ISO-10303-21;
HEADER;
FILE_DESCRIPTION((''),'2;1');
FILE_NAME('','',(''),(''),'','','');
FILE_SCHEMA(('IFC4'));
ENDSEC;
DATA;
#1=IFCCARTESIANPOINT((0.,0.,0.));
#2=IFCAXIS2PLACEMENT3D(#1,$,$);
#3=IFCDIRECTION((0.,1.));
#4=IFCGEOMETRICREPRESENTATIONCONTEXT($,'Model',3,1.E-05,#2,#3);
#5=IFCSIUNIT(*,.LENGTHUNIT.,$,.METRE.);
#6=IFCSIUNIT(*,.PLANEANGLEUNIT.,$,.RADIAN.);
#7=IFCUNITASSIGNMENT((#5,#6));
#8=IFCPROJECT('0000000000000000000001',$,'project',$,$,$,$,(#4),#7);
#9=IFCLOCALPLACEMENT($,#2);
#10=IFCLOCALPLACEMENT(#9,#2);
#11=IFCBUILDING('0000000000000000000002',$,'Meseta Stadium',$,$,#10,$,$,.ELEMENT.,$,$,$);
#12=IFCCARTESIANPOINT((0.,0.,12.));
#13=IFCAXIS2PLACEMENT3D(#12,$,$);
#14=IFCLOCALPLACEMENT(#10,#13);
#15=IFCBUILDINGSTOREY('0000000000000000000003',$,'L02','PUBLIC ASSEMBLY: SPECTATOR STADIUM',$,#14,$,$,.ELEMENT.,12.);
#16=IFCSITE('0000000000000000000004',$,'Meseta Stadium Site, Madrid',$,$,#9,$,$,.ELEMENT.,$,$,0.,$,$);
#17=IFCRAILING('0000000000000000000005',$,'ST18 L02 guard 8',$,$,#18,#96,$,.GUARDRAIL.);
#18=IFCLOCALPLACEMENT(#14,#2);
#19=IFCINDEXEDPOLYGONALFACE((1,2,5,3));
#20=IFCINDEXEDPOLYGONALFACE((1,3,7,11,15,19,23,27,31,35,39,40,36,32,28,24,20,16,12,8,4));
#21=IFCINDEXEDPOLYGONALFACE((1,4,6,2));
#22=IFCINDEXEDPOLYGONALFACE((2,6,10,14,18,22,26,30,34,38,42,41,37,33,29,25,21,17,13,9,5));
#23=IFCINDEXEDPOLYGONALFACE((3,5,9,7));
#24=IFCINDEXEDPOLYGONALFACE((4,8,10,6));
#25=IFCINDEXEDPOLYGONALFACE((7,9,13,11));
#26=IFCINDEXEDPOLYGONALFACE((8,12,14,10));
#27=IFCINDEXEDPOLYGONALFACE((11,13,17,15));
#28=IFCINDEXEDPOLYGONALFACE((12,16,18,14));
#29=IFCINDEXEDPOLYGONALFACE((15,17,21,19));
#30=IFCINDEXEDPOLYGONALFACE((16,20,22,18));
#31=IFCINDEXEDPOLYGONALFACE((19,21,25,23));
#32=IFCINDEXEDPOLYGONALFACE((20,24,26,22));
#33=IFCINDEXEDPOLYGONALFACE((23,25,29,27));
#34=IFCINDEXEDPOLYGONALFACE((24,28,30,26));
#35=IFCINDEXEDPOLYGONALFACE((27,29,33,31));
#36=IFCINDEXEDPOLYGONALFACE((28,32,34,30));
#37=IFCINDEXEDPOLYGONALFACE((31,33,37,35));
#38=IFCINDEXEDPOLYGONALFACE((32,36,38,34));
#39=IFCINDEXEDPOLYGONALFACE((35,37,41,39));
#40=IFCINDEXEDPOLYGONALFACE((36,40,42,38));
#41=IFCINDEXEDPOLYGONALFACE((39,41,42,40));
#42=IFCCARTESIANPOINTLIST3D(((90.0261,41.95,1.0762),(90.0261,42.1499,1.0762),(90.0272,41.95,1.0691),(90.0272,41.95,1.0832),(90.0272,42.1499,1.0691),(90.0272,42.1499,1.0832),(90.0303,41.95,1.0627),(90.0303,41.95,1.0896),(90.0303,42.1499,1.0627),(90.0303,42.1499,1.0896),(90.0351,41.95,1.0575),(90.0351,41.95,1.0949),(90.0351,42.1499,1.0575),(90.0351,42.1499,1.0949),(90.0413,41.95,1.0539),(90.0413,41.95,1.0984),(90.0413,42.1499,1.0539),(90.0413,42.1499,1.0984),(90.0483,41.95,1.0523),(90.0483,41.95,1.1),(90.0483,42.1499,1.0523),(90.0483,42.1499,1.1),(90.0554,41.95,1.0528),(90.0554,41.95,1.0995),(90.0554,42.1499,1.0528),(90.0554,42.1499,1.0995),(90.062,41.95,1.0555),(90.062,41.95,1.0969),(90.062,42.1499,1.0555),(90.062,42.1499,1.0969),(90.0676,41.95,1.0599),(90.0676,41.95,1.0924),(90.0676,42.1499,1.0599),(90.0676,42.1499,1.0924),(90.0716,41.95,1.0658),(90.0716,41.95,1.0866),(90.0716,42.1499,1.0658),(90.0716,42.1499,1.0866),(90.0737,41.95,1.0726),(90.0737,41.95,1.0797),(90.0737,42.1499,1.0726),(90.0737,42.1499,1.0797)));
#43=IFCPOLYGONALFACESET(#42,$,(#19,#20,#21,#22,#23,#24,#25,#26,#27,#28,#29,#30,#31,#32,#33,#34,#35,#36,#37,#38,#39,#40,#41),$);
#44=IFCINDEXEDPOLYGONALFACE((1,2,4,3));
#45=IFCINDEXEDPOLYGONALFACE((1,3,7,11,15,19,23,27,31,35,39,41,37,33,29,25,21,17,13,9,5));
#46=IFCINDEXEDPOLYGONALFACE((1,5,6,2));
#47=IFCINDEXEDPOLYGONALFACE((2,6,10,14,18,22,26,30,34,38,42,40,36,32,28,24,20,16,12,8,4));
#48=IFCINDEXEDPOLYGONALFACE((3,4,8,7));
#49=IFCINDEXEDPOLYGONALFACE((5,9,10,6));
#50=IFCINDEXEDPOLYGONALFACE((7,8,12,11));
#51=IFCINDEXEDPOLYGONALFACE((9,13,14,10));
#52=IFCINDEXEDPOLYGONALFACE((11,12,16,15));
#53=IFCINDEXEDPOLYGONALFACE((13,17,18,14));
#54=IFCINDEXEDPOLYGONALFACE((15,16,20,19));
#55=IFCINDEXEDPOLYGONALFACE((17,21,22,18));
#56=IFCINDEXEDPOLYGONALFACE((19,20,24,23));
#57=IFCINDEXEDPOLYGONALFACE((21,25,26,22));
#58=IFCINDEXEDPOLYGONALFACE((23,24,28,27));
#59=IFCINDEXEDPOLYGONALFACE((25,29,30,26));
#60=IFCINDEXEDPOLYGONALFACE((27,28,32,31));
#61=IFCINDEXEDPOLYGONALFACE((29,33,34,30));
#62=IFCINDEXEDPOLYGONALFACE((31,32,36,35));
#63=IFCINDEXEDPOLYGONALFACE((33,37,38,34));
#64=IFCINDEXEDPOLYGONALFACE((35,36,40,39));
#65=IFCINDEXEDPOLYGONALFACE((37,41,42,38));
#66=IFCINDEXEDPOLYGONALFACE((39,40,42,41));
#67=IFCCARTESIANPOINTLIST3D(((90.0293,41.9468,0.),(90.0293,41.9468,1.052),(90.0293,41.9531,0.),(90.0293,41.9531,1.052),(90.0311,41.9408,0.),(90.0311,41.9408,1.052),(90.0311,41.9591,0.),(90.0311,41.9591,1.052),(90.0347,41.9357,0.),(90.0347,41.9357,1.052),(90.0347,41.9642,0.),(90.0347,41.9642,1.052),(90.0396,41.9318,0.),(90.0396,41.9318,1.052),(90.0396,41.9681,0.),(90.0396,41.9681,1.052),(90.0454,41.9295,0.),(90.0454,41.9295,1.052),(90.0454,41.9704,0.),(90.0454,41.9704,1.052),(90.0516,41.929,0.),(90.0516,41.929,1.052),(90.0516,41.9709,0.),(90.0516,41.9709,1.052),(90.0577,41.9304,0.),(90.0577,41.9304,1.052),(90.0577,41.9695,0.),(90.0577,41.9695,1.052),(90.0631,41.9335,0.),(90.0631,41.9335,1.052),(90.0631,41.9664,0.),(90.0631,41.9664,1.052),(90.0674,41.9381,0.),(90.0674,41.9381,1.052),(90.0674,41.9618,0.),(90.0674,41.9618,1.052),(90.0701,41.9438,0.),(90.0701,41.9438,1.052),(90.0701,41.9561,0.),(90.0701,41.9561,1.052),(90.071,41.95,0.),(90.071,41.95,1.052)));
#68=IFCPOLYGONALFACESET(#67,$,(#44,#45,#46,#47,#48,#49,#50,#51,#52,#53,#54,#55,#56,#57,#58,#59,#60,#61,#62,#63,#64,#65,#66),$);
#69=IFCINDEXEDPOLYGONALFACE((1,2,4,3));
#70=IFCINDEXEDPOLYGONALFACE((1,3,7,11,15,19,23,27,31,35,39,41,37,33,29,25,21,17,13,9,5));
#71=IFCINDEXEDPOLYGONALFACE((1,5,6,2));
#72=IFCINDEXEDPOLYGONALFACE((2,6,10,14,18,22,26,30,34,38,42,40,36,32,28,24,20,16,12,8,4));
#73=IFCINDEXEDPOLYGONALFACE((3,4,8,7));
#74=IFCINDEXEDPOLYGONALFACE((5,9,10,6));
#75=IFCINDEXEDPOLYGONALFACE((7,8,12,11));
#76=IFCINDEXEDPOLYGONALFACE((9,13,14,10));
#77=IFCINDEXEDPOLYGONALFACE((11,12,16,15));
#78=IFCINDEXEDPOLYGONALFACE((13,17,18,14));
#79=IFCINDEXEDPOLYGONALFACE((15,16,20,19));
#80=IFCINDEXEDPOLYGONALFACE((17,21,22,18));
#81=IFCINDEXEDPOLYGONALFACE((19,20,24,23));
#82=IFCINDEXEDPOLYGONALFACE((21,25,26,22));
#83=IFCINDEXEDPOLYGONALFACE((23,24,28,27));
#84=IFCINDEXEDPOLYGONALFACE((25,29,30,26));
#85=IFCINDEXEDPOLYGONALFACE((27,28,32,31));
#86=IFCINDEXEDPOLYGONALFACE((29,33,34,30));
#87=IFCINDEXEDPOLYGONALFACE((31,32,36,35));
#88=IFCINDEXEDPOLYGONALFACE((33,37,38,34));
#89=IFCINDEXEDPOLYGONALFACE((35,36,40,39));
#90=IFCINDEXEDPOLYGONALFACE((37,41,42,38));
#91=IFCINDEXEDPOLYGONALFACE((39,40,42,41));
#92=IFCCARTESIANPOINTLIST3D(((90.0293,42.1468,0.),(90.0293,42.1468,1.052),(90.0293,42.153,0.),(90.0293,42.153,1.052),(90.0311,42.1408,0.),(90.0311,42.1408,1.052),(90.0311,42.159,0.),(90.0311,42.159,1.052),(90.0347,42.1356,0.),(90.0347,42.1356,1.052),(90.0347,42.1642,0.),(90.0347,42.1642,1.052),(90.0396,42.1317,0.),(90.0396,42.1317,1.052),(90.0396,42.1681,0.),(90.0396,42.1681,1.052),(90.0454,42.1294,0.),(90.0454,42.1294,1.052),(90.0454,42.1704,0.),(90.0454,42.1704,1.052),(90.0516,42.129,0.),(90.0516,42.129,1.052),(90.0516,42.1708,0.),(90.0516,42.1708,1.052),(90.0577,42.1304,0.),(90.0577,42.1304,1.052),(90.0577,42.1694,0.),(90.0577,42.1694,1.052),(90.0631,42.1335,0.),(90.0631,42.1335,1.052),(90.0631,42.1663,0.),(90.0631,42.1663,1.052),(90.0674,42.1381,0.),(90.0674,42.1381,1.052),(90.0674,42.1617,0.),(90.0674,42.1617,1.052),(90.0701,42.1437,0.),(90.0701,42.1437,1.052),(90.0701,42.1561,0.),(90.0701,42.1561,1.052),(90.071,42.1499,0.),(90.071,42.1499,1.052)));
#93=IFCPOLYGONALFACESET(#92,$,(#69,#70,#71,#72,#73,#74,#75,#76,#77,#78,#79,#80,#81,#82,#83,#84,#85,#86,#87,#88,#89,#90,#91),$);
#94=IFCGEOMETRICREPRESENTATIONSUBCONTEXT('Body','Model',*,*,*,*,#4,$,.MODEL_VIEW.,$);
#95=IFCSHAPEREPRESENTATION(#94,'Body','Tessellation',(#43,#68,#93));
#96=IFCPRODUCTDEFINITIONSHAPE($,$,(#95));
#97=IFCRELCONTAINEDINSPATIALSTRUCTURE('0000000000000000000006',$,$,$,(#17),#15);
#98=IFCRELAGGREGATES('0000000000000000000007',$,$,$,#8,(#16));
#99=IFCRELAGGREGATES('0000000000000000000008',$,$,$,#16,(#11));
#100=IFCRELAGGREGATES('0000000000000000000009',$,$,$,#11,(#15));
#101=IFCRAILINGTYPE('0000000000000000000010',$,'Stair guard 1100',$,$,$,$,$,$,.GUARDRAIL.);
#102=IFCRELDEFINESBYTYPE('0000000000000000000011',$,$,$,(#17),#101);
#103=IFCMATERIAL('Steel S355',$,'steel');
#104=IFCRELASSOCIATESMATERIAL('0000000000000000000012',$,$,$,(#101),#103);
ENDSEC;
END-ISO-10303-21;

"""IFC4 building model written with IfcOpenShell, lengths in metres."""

from ifc_helpers import new_model, si_unit, direction, frame, origin, origin_2d, place, context, subcontext, project, spatial, circle, extrude, material, type_object, element, save


model = new_model("IFC4")

# Units and contexts
model_context = context("Model", 3, precision=1e-05, world=origin(), true_north=direction((0.0, 1.0)))
body_context = subcontext(model_context, "Body", "Model", "MODEL_VIEW")
ifc_project = project(units=[si_unit("LENGTHUNIT", "METRE"), si_unit("PLANEANGLEUNIT", "RADIAN")], contexts=[model_context])

# Site, building, storey
site_placement = place(None, origin())
site = spatial("IfcSite", under=ifc_project, at=site_placement, Name="Meseta Stadium Site, Madrid", CompositionType="ELEMENT", RefElevation=0.0)
building_placement = place(site_placement, origin())
building = spatial("IfcBuilding", under=site, at=building_placement, Name="Meseta Stadium", CompositionType="ELEMENT")
storey_placement = place(building_placement, frame((0.0, 0.0, 12.0)))
storey = spatial("IfcBuildingStorey", under=building, at=storey_placement, Name="L02", Description="PUBLIC ASSEMBLY: SPECTATOR STADIUM", CompositionType="ELEMENT", Elevation=12.0)

# Railing
ifc_material_1 = material(Name="Steel S355", Category="steel")
railing_type_1 = type_object("IfcRailingType", Name="Stair guard 1100", PredefinedType="GUARDRAIL", material=ifc_material_1)
railing_1_placement = place(storey_placement, frame((90.05, 41.95, 0.0)))
element("IfcRailing", 1, at=railing_1_placement, inside=storey, type_object=railing_type_1, Name="ST18 L02 guard 8", PredefinedType="GUARDRAIL", context=body_context, shape_type="SweptSolid", body=[
    extrude(circle(Radius=0.0239, at=origin_2d()), frame((0.0, 0.0, 1.0762), z_axis=(0.0, 1.0, 0.0), x_axis=(-1.0, 0.0, 0.0)), (0.0, 0.0, 1.0), 0.2),
    extrude(circle(Radius=0.021, at=origin_2d()), origin(), (0.0, 0.0, 1.0), 1.052),
    extrude(circle(Radius=0.021, at=origin_2d()), frame((0.0, 0.2, 0.0)), (0.0, 0.0, 1.0), 1.052),
])

save(model, "model.ifc")
